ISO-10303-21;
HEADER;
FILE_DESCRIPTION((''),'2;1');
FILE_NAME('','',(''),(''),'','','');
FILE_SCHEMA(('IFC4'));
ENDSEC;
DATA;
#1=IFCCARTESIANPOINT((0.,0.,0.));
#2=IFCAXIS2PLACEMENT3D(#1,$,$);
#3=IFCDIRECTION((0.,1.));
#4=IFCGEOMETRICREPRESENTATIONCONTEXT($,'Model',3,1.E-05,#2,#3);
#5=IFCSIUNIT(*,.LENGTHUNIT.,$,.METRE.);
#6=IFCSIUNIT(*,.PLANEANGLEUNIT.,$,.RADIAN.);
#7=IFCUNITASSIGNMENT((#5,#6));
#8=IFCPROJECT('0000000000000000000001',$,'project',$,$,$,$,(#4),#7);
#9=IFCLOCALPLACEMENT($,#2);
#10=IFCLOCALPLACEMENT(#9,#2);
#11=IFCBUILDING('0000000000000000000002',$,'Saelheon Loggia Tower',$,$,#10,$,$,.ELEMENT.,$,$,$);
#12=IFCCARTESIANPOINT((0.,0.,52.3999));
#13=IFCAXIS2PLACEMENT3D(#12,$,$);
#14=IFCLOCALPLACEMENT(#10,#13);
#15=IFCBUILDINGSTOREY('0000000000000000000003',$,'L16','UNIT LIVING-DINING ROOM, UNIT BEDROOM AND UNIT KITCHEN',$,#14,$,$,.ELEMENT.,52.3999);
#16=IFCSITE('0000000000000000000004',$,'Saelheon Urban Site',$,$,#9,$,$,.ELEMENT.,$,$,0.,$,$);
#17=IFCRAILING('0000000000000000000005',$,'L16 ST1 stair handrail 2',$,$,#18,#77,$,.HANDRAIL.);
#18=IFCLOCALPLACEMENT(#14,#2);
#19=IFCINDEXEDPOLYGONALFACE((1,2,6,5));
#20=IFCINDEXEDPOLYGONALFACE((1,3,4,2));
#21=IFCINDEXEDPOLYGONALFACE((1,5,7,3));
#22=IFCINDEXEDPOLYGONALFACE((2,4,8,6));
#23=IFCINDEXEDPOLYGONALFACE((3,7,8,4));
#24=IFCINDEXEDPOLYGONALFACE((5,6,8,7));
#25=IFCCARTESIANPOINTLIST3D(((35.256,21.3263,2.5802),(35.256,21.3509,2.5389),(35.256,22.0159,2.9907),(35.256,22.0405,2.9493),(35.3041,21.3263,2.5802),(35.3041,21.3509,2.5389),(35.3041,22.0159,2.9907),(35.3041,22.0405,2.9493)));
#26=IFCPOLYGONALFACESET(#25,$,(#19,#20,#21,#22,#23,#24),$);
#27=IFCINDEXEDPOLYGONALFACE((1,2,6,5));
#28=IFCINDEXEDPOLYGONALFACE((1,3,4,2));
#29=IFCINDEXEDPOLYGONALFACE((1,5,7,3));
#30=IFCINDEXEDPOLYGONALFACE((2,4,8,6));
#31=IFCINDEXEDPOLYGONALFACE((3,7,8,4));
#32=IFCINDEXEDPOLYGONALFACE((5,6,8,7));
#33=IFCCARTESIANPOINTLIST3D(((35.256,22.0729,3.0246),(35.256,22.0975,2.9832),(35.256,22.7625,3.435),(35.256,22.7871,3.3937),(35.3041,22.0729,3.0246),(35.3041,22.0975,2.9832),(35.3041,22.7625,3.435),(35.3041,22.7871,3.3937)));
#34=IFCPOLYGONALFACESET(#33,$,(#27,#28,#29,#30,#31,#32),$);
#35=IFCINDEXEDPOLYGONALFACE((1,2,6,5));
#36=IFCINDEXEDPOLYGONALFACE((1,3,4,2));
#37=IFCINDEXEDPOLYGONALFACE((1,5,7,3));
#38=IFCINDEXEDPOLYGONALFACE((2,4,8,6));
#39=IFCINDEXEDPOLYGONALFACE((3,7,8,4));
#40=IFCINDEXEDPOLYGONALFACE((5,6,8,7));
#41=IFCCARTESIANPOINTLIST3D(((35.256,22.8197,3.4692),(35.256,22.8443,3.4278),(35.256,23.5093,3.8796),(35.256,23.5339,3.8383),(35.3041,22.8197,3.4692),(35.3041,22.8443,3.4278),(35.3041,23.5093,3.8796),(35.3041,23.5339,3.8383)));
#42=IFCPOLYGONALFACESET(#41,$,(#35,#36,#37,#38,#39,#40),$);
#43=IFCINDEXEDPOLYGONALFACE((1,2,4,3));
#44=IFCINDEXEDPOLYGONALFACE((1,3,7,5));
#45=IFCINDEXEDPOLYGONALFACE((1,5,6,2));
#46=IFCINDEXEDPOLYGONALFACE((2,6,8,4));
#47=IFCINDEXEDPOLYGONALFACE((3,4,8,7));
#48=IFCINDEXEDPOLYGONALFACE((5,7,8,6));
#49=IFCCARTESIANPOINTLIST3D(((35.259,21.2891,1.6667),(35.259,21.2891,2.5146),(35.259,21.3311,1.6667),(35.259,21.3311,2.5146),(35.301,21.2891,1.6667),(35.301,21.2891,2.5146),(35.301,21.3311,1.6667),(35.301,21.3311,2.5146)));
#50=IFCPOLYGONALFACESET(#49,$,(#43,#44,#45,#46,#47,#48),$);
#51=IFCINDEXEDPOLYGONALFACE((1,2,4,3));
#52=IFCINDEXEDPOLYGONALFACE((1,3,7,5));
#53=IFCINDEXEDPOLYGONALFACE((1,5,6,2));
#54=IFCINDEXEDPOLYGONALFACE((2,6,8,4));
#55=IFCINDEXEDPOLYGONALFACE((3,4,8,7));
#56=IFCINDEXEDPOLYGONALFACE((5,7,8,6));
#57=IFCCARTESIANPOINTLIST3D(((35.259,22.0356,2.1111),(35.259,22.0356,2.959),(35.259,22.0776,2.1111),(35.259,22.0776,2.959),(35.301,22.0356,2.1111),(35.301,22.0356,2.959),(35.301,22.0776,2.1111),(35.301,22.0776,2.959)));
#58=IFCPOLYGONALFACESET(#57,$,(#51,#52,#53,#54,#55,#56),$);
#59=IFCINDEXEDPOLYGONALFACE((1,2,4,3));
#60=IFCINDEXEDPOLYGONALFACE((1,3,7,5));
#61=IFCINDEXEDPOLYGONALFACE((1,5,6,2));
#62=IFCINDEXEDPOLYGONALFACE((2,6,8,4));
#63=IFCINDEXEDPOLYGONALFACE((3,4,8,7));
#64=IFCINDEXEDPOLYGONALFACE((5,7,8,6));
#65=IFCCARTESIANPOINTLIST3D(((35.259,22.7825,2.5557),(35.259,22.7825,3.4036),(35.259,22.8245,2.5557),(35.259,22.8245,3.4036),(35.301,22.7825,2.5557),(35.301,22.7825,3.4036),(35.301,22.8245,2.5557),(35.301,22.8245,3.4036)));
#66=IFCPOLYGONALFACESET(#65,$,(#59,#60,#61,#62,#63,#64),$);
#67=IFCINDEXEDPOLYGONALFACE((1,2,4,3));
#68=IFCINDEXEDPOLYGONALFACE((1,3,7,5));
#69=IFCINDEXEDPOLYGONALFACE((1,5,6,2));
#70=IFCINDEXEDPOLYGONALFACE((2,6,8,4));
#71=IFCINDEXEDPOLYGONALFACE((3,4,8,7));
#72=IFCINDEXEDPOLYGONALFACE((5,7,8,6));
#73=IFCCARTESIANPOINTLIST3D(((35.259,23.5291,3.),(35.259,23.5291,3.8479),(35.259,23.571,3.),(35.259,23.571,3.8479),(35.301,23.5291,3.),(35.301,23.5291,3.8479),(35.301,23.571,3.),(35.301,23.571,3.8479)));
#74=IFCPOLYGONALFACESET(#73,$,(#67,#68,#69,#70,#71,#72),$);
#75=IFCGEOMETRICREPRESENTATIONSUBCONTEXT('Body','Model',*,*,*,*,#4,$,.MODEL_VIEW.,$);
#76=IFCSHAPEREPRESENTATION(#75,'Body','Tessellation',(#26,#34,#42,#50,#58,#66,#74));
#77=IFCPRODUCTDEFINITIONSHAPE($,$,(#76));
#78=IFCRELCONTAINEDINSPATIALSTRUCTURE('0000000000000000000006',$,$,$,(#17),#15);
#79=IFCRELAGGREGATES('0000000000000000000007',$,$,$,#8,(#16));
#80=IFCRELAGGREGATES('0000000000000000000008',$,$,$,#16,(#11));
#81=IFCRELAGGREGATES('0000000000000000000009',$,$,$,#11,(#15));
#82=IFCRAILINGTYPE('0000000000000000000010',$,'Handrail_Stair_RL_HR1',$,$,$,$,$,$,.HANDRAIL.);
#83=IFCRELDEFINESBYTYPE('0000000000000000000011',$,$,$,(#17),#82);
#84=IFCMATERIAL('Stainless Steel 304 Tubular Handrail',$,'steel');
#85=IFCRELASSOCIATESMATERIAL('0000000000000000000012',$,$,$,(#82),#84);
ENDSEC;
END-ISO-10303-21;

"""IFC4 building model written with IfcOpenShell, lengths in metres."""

from ifc_helpers import new_model, si_unit, direction, frame, origin, origin_2d, place, context, subcontext, project, spatial, rectangle, extrude, material, type_object, element, save


model = new_model("IFC4")

# Units and contexts
model_context = context("Model", 3, precision=1e-05, world=origin(), true_north=direction((0.0, 1.0)))
body_context = subcontext(model_context, "Body", "Model", "MODEL_VIEW")
ifc_project = project(units=[si_unit("LENGTHUNIT", "METRE"), si_unit("PLANEANGLEUNIT", "RADIAN")], contexts=[model_context])

# Site, building, storey
site_placement = place(None, origin())
site = spatial("IfcSite", under=ifc_project, at=site_placement, Name="Saelheon Urban Site", CompositionType="ELEMENT", RefElevation=0.0)
building_placement = place(site_placement, origin())
building = spatial("IfcBuilding", under=site, at=building_placement, Name="Saelheon Loggia Tower", CompositionType="ELEMENT")
storey_placement = place(building_placement, frame((0.0, 0.0, 52.3999)))
storey = spatial("IfcBuildingStorey", under=building, at=storey_placement, Name="L16", Description="UNIT LIVING-DINING ROOM, UNIT BEDROOM AND UNIT KITCHEN", CompositionType="ELEMENT", Elevation=52.3999)

# Railing
ifc_material_1 = material(Name="Stainless Steel 304 Tubular Handrail", Category="steel")
railing_type_1 = type_object("IfcRailingType", Name="Handrail_Stair_RL_HR1", PredefinedType="HANDRAIL", material=ifc_material_1)
railing_1_placement = place(storey_placement, frame((35.28, 21.3101, 1.6667)))
element("IfcRailing", 1, at=railing_1_placement, inside=storey, type_object=railing_type_1, Name="L16 ST1 stair handrail 2", PredefinedType="HANDRAIL", context=body_context, shape_type="SweptSolid", body=[
    extrude(rectangle(XDim=0.0481, YDim=0.0481, at=origin_2d()), frame((0.0, 0.0286, 0.8928), z_axis=(0.0, 0.859306, 0.511462), x_axis=(-1.0, 0.0, 0.0)), (0.0, 0.0, 1.0), 0.8025),
    extrude(rectangle(XDim=0.0481, YDim=0.0481, at=origin_2d()), frame((0.0, 0.7751, 1.3372), z_axis=(0.0, 0.859306, 0.511462), x_axis=(-1.0, 0.0, 0.0)), (0.0, 0.0, 1.0), 0.8025),
    extrude(rectangle(XDim=0.0481, YDim=0.0481, at=origin_2d()), frame((0.0, 1.522, 1.7817), z_axis=(0.0, 0.859306, 0.511462), x_axis=(-1.0, 0.0, 0.0)), (0.0, 0.0, 1.0), 0.8025),
    extrude(rectangle(XDim=0.042, YDim=0.042, at=origin_2d()), origin(), (0.0, 0.0, 1.0), 0.8479),
    extrude(rectangle(XDim=0.042, YDim=0.042, at=origin_2d()), frame((0.0, 0.7466, 0.4443)), (0.0, 0.0, 1.0), 0.8479),
    extrude(rectangle(XDim=0.042, YDim=0.042, at=origin_2d()), frame((0.0, 1.4934, 0.8889)), (0.0, 0.0, 1.0), 0.8479),
    extrude(rectangle(XDim=0.042, YDim=0.042, at=origin_2d()), frame((0.0, 2.24, 1.3333)), (0.0, 0.0, 1.0), 0.8479),
])

save(model, "model.ifc")
